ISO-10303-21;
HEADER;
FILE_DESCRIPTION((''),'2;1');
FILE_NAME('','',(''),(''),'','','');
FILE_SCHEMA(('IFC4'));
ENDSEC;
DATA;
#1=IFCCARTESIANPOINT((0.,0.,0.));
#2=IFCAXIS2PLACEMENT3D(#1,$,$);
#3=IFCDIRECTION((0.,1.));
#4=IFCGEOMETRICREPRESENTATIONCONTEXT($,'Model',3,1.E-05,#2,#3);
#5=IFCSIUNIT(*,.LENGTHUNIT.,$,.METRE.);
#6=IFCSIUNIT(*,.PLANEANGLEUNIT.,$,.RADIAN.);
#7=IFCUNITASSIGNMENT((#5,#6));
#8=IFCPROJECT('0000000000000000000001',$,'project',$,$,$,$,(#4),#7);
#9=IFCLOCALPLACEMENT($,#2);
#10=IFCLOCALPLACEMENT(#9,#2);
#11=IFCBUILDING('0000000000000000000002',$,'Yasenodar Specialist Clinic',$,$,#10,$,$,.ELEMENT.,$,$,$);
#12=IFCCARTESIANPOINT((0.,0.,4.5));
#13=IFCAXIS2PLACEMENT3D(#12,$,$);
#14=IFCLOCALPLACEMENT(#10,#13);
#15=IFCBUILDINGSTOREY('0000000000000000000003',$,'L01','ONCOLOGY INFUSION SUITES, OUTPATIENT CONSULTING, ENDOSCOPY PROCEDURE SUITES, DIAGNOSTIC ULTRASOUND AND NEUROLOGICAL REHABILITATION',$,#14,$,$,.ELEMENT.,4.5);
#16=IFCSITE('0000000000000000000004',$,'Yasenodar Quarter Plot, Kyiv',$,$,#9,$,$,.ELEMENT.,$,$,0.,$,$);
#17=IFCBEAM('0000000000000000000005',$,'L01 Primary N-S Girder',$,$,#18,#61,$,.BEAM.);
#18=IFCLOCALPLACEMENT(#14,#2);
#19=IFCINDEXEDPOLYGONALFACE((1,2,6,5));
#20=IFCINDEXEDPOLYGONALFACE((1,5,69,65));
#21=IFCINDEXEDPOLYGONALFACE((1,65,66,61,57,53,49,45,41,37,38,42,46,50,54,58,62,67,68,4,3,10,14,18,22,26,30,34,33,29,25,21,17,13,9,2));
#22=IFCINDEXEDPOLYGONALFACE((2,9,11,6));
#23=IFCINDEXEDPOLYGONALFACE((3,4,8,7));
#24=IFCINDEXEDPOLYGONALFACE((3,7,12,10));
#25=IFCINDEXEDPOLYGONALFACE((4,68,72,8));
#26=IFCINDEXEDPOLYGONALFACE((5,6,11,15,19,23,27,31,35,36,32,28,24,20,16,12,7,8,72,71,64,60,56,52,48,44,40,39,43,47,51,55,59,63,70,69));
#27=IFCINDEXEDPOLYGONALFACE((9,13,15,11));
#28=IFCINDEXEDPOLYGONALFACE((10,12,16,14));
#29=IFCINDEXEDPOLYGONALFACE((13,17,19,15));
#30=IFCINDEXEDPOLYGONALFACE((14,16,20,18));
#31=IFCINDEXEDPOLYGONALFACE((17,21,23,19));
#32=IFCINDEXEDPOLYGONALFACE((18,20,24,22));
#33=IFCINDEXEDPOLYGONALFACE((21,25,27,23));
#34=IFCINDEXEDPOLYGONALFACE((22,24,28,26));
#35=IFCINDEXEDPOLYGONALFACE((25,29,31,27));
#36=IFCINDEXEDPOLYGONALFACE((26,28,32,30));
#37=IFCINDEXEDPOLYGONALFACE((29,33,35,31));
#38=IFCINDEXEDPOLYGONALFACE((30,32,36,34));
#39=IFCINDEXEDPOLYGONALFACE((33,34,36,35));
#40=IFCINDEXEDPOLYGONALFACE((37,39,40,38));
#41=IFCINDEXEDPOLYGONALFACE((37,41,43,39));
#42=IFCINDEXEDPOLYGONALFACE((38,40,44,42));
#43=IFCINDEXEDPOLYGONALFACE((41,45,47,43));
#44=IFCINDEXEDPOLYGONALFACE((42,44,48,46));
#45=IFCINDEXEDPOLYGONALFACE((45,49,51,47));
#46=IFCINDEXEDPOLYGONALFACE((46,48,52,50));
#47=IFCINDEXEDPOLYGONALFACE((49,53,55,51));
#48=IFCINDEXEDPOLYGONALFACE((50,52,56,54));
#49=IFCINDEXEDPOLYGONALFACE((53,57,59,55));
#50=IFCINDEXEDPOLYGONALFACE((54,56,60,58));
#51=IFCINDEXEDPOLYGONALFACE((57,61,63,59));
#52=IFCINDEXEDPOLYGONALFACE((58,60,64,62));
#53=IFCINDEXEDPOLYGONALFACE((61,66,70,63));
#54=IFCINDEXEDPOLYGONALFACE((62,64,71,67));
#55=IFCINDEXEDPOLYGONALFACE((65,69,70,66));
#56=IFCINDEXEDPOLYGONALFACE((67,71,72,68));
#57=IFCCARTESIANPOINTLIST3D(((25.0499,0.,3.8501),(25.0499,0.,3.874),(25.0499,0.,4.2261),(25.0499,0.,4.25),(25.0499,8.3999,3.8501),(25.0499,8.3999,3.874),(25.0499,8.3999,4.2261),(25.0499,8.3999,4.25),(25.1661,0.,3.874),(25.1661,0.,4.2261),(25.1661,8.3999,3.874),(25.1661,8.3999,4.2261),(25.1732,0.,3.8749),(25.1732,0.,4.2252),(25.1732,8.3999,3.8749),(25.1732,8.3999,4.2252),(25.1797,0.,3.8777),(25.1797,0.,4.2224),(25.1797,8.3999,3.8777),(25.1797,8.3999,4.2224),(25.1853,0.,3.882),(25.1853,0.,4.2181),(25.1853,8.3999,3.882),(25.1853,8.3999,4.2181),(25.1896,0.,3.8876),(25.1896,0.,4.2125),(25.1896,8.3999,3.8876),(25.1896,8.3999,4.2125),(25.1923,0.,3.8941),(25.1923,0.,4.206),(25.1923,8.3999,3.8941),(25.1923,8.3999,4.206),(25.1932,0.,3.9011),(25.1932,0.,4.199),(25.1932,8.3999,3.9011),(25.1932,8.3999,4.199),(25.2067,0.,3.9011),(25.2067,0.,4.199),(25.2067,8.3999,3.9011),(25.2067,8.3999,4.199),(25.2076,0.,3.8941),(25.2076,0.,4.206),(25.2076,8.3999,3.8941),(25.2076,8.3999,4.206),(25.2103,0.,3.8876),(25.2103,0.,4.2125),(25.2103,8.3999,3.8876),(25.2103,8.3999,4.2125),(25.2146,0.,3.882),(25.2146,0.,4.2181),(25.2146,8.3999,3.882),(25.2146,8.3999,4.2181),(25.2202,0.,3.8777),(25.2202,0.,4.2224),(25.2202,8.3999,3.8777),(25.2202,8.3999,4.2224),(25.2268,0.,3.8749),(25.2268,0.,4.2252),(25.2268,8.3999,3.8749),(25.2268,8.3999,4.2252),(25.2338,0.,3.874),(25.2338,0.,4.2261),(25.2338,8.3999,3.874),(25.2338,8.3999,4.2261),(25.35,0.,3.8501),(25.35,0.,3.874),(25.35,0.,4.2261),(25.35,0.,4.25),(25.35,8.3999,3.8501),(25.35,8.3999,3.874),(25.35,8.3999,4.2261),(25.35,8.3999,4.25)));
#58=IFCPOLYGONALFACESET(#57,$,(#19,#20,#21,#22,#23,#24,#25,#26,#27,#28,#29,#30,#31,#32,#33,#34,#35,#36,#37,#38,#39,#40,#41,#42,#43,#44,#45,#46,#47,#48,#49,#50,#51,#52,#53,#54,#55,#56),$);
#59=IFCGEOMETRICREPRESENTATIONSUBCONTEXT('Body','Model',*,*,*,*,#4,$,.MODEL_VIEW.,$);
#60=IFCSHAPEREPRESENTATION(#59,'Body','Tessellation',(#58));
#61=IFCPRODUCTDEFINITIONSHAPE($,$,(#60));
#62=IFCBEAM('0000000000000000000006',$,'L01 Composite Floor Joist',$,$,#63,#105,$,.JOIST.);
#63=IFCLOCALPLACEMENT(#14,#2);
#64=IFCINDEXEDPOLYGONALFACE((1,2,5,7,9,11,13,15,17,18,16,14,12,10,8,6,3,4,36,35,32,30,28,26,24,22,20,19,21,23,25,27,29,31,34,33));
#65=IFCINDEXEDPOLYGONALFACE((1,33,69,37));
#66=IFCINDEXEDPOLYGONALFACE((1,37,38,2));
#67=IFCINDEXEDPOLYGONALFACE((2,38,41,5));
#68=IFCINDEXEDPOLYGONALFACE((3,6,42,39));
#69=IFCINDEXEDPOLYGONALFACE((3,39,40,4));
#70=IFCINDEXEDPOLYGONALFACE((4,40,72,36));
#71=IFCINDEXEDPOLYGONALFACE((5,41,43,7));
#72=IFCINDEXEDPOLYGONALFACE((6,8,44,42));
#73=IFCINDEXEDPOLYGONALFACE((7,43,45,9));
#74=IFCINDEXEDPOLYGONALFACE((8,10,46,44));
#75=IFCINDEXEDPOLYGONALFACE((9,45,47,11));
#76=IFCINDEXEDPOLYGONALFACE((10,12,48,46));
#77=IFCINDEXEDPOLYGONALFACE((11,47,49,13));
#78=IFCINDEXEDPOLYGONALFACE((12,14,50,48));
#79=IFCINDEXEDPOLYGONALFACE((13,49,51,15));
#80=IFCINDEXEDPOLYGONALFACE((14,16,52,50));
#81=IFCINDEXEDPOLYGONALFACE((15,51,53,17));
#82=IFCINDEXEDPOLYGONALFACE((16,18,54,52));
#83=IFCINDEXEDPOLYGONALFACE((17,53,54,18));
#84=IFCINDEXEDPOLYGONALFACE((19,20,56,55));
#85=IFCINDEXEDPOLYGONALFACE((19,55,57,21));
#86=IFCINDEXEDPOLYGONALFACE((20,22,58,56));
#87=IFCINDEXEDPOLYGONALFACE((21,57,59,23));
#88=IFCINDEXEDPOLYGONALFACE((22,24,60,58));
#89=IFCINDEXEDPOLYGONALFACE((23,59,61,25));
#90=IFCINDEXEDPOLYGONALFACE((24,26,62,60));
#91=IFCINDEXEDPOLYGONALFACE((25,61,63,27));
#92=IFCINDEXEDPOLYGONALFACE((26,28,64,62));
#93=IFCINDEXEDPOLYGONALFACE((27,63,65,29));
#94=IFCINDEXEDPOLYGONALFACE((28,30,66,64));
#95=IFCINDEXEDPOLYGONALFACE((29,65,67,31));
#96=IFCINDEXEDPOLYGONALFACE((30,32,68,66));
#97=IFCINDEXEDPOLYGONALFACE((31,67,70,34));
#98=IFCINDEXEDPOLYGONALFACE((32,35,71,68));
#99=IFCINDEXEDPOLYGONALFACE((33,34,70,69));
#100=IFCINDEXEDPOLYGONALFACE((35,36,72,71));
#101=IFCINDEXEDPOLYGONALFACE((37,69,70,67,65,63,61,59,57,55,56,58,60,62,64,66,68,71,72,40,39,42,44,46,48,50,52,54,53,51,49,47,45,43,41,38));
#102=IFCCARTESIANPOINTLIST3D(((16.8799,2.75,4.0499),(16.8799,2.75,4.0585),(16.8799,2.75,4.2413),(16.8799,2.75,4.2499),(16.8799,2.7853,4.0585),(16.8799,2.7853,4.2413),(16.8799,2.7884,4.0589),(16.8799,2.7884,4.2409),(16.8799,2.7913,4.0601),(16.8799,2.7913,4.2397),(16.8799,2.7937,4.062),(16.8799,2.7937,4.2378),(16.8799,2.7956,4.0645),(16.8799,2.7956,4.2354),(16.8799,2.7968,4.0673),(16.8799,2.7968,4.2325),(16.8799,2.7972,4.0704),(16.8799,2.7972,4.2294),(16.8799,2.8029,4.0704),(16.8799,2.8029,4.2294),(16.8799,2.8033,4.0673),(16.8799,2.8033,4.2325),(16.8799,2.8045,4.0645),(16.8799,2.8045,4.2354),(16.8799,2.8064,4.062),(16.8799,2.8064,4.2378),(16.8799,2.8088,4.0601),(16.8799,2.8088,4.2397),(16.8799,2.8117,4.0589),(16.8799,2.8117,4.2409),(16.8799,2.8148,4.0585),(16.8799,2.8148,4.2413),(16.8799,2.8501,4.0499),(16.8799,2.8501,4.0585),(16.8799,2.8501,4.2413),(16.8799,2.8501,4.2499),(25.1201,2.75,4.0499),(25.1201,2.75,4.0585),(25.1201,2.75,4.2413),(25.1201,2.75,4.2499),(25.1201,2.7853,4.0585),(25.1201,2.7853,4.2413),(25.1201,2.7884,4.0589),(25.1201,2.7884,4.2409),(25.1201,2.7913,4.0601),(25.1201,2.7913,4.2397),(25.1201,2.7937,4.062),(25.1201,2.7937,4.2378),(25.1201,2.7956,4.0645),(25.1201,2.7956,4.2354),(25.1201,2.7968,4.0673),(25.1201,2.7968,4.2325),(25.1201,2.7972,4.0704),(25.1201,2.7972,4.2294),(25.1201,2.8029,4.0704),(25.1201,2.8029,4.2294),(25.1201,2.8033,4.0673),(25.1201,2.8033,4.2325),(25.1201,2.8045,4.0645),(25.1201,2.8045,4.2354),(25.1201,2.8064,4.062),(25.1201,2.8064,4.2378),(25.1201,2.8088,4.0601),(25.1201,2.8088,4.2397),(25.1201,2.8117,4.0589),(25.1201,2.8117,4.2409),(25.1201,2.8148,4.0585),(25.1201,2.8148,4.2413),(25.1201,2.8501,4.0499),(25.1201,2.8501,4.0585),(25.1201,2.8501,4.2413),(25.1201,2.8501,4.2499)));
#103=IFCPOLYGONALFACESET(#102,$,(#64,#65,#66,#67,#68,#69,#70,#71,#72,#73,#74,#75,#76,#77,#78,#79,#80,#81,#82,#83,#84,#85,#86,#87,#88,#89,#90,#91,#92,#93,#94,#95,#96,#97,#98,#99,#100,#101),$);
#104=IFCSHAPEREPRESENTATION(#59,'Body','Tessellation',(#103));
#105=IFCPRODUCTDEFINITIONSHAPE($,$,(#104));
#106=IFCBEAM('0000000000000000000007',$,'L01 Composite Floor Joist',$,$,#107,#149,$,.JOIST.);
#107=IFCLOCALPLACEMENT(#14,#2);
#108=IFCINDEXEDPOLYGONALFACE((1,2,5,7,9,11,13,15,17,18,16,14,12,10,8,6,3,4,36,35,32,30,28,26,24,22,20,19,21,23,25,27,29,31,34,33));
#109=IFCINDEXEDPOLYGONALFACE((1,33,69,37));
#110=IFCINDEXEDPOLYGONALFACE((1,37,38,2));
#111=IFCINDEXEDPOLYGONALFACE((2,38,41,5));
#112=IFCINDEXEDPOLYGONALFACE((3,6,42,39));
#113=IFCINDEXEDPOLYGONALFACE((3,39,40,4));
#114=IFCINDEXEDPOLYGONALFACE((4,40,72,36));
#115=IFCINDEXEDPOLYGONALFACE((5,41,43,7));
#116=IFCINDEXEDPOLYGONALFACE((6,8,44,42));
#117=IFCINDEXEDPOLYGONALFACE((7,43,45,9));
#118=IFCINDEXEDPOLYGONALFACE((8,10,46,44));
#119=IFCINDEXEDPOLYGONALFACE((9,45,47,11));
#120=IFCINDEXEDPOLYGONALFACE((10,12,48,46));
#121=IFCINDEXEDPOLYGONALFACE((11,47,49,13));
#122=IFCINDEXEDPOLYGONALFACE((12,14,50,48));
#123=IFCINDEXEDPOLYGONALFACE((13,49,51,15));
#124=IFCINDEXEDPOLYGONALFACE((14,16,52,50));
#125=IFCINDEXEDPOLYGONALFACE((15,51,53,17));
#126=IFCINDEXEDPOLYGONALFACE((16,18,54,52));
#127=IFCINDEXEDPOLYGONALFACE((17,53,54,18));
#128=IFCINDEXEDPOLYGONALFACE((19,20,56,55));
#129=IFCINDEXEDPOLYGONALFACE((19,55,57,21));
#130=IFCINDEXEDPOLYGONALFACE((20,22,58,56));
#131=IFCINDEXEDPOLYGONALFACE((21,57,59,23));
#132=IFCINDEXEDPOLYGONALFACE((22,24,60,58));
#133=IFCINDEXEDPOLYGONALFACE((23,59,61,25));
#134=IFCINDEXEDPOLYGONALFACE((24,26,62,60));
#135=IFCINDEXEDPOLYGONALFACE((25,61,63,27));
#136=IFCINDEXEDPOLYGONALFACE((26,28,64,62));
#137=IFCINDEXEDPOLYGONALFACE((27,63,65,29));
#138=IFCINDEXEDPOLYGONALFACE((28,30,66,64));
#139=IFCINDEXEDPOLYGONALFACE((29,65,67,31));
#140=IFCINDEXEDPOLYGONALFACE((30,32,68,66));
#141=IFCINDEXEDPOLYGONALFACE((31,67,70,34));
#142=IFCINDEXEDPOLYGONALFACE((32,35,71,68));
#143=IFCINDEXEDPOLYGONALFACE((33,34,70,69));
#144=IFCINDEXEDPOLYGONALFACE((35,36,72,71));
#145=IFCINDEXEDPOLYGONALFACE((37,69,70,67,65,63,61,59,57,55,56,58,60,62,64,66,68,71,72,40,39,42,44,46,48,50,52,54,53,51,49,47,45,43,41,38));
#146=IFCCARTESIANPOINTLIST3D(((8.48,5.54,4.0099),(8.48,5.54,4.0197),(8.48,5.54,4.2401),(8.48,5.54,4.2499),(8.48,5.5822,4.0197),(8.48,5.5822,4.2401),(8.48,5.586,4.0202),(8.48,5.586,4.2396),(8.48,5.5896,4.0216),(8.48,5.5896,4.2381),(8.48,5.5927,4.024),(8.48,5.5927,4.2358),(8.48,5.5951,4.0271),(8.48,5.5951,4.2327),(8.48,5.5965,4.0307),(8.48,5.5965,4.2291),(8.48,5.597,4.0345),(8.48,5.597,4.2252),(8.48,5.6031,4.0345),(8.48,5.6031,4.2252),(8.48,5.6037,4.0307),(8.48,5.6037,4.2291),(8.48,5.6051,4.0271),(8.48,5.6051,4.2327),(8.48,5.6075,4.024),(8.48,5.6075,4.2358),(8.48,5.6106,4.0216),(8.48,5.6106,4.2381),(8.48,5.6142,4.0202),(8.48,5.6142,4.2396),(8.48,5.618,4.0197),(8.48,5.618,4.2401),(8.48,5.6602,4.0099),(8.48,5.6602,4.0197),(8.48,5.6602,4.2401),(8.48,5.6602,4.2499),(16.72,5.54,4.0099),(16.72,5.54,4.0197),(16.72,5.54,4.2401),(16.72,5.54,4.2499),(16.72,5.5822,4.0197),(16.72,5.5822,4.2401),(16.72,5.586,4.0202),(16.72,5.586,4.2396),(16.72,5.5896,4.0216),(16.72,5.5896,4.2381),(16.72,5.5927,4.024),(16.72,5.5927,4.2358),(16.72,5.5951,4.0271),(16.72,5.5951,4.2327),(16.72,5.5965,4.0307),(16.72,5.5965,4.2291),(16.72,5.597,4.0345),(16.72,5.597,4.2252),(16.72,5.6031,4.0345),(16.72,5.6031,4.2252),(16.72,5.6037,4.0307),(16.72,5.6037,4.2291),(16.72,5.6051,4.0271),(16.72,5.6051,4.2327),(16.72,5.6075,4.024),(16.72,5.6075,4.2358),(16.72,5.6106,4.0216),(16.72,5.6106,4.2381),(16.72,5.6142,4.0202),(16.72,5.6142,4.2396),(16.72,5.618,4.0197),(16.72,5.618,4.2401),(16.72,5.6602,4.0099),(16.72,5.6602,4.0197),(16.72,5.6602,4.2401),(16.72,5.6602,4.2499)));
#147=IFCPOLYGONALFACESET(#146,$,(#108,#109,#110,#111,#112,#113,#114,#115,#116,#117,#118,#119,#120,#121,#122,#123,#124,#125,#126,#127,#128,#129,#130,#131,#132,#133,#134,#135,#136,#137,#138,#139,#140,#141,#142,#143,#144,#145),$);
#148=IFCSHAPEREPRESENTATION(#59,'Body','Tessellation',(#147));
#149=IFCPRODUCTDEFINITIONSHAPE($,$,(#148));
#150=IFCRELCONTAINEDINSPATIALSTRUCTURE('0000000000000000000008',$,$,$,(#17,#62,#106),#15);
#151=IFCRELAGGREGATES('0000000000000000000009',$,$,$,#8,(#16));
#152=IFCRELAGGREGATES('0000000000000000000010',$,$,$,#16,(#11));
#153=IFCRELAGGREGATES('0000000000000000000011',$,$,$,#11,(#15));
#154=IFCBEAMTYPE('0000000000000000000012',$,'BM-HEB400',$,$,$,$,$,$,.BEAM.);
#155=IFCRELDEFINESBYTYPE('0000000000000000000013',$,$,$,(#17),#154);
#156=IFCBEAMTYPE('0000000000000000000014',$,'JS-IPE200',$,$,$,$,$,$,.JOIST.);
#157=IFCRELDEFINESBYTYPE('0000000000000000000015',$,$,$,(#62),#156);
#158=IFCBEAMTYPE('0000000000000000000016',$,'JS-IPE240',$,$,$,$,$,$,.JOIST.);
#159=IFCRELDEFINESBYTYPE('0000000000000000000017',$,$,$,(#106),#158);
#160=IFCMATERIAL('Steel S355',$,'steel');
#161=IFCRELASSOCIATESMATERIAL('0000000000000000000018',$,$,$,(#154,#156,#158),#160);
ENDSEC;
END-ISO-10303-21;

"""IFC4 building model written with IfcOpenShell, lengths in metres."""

from ifc_helpers import new_model, si_unit, direction, frame, origin, origin_2d, place, context, subcontext, project, spatial, i_section, extrude, material, material_profile, profile_set, type_object, element, save


model = new_model("IFC4")

# Units and contexts
model_context = context("Model", 3, precision=1e-05, world=origin(), true_north=direction((0.0, 1.0)))
body_context = subcontext(model_context, "Body", "Model", "MODEL_VIEW")
ifc_project = project(units=[si_unit("LENGTHUNIT", "METRE"), si_unit("PLANEANGLEUNIT", "RADIAN")], contexts=[model_context])

# Site, building, storey
site_placement = place(None, origin())
site = spatial("IfcSite", under=ifc_project, at=site_placement, Name="Yasenodar Quarter Plot, Kyiv", CompositionType="ELEMENT", RefElevation=0.0)
building_placement = place(site_placement, origin())
building = spatial("IfcBuilding", under=site, at=building_placement, Name="Yasenodar Specialist Clinic", CompositionType="ELEMENT")
storey_placement = place(building_placement, frame((0.0, 0.0, 4.5)))
storey = spatial("IfcBuildingStorey", under=building, at=storey_placement, Name="L01", Description="ONCOLOGY INFUSION SUITES, OUTPATIENT CONSULTING, ENDOSCOPY PROCEDURE SUITES, DIAGNOSTIC ULTRASOUND AND NEUROLOGICAL REHABILITATION", CompositionType="ELEMENT", Elevation=4.5)

# Shared definitions
ifc_material_1 = material(Name="Steel S355", Category="steel")

# Beams
ifc_material_profile_1 = material_profile(ifc_material_1, i_section(OverallWidth=0.3, OverallDepth=0.3999, WebThickness=0.0134, FlangeThickness=0.0239, FilletRadius=0.0271, at=origin_2d()), Name="HEB 400")
ifc_profile_set_1 = profile_set([ifc_material_profile_1], Name="Steel S355")
beam_type_1 = type_object("IfcBeamType", Name="BM-HEB400", PredefinedType="BEAM", material=ifc_profile_set_1)
beam_1_placement = place(storey_placement, frame((25.2, 0.0, 4.05), z_axis=(0.0, 1.0, 0.0), x_axis=(-1.0, 0.0, 0.0)))
element("IfcBeam", 1, at=beam_1_placement, inside=storey, type_object=beam_type_1, Name="L01 Primary N-S Girder", PredefinedType="BEAM", context=body_context, shape_type="SweptSolid", body=[
    extrude(i_section(OverallWidth=0.3, OverallDepth=0.3999, WebThickness=0.0134, FlangeThickness=0.0239, FilletRadius=0.0271, at=origin_2d()), origin(), (0.0, 0.0, 1.0), 8.3999),
])
ifc_material_profile_2 = material_profile(ifc_material_1, i_section(OverallWidth=0.1001, OverallDepth=0.2, WebThickness=0.0056, FlangeThickness=0.0085, FilletRadius=0.012, at=origin_2d()), Name="IPE 200")
ifc_profile_set_2 = profile_set([ifc_material_profile_2], Name="Steel S355")
beam_type_2 = type_object("IfcBeamType", Name="JS-IPE200", PredefinedType="JOIST", material=ifc_profile_set_2)
beam_2_placement = place(storey_placement, frame((16.8799, 2.8, 4.1499), z_axis=(1.0, 0.0, 0.0), x_axis=(0.0, 1.0, 0.0)))
element("IfcBeam", 2, at=beam_2_placement, inside=storey, type_object=beam_type_2, Name="L01 Composite Floor Joist", PredefinedType="JOIST", context=body_context, shape_type="SweptSolid", body=[
    extrude(i_section(OverallWidth=0.1001, OverallDepth=0.2, WebThickness=0.0056, FlangeThickness=0.0085, FilletRadius=0.012, at=origin_2d()), origin(), (0.0, 0.0, 1.0), 8.2402),
])
ifc_material_profile_3 = material_profile(ifc_material_1, i_section(OverallWidth=0.1201, OverallDepth=0.24, WebThickness=0.0061, FlangeThickness=0.0098, FilletRadius=0.0149, at=origin_2d()), Name="IPE 240")
ifc_profile_set_3 = profile_set([ifc_material_profile_3], Name="Steel S355")
beam_type_3 = type_object("IfcBeamType", Name="JS-IPE240", PredefinedType="JOIST", material=ifc_profile_set_3)
beam_3_placement = place(storey_placement, frame((8.48, 5.6001, 4.1299), z_axis=(1.0, 0.0, 0.0), x_axis=(0.0, 1.0, 0.0)))
element("IfcBeam", 3, at=beam_3_placement, inside=storey, type_object=beam_type_3, Name="L01 Composite Floor Joist", PredefinedType="JOIST", context=body_context, shape_type="SweptSolid", body=[
    extrude(i_section(OverallWidth=0.1201, OverallDepth=0.24, WebThickness=0.0061, FlangeThickness=0.0098, FilletRadius=0.0149, at=origin_2d()), origin(), (0.0, 0.0, 1.0), 8.24),
])

save(model, "model.ifc")
